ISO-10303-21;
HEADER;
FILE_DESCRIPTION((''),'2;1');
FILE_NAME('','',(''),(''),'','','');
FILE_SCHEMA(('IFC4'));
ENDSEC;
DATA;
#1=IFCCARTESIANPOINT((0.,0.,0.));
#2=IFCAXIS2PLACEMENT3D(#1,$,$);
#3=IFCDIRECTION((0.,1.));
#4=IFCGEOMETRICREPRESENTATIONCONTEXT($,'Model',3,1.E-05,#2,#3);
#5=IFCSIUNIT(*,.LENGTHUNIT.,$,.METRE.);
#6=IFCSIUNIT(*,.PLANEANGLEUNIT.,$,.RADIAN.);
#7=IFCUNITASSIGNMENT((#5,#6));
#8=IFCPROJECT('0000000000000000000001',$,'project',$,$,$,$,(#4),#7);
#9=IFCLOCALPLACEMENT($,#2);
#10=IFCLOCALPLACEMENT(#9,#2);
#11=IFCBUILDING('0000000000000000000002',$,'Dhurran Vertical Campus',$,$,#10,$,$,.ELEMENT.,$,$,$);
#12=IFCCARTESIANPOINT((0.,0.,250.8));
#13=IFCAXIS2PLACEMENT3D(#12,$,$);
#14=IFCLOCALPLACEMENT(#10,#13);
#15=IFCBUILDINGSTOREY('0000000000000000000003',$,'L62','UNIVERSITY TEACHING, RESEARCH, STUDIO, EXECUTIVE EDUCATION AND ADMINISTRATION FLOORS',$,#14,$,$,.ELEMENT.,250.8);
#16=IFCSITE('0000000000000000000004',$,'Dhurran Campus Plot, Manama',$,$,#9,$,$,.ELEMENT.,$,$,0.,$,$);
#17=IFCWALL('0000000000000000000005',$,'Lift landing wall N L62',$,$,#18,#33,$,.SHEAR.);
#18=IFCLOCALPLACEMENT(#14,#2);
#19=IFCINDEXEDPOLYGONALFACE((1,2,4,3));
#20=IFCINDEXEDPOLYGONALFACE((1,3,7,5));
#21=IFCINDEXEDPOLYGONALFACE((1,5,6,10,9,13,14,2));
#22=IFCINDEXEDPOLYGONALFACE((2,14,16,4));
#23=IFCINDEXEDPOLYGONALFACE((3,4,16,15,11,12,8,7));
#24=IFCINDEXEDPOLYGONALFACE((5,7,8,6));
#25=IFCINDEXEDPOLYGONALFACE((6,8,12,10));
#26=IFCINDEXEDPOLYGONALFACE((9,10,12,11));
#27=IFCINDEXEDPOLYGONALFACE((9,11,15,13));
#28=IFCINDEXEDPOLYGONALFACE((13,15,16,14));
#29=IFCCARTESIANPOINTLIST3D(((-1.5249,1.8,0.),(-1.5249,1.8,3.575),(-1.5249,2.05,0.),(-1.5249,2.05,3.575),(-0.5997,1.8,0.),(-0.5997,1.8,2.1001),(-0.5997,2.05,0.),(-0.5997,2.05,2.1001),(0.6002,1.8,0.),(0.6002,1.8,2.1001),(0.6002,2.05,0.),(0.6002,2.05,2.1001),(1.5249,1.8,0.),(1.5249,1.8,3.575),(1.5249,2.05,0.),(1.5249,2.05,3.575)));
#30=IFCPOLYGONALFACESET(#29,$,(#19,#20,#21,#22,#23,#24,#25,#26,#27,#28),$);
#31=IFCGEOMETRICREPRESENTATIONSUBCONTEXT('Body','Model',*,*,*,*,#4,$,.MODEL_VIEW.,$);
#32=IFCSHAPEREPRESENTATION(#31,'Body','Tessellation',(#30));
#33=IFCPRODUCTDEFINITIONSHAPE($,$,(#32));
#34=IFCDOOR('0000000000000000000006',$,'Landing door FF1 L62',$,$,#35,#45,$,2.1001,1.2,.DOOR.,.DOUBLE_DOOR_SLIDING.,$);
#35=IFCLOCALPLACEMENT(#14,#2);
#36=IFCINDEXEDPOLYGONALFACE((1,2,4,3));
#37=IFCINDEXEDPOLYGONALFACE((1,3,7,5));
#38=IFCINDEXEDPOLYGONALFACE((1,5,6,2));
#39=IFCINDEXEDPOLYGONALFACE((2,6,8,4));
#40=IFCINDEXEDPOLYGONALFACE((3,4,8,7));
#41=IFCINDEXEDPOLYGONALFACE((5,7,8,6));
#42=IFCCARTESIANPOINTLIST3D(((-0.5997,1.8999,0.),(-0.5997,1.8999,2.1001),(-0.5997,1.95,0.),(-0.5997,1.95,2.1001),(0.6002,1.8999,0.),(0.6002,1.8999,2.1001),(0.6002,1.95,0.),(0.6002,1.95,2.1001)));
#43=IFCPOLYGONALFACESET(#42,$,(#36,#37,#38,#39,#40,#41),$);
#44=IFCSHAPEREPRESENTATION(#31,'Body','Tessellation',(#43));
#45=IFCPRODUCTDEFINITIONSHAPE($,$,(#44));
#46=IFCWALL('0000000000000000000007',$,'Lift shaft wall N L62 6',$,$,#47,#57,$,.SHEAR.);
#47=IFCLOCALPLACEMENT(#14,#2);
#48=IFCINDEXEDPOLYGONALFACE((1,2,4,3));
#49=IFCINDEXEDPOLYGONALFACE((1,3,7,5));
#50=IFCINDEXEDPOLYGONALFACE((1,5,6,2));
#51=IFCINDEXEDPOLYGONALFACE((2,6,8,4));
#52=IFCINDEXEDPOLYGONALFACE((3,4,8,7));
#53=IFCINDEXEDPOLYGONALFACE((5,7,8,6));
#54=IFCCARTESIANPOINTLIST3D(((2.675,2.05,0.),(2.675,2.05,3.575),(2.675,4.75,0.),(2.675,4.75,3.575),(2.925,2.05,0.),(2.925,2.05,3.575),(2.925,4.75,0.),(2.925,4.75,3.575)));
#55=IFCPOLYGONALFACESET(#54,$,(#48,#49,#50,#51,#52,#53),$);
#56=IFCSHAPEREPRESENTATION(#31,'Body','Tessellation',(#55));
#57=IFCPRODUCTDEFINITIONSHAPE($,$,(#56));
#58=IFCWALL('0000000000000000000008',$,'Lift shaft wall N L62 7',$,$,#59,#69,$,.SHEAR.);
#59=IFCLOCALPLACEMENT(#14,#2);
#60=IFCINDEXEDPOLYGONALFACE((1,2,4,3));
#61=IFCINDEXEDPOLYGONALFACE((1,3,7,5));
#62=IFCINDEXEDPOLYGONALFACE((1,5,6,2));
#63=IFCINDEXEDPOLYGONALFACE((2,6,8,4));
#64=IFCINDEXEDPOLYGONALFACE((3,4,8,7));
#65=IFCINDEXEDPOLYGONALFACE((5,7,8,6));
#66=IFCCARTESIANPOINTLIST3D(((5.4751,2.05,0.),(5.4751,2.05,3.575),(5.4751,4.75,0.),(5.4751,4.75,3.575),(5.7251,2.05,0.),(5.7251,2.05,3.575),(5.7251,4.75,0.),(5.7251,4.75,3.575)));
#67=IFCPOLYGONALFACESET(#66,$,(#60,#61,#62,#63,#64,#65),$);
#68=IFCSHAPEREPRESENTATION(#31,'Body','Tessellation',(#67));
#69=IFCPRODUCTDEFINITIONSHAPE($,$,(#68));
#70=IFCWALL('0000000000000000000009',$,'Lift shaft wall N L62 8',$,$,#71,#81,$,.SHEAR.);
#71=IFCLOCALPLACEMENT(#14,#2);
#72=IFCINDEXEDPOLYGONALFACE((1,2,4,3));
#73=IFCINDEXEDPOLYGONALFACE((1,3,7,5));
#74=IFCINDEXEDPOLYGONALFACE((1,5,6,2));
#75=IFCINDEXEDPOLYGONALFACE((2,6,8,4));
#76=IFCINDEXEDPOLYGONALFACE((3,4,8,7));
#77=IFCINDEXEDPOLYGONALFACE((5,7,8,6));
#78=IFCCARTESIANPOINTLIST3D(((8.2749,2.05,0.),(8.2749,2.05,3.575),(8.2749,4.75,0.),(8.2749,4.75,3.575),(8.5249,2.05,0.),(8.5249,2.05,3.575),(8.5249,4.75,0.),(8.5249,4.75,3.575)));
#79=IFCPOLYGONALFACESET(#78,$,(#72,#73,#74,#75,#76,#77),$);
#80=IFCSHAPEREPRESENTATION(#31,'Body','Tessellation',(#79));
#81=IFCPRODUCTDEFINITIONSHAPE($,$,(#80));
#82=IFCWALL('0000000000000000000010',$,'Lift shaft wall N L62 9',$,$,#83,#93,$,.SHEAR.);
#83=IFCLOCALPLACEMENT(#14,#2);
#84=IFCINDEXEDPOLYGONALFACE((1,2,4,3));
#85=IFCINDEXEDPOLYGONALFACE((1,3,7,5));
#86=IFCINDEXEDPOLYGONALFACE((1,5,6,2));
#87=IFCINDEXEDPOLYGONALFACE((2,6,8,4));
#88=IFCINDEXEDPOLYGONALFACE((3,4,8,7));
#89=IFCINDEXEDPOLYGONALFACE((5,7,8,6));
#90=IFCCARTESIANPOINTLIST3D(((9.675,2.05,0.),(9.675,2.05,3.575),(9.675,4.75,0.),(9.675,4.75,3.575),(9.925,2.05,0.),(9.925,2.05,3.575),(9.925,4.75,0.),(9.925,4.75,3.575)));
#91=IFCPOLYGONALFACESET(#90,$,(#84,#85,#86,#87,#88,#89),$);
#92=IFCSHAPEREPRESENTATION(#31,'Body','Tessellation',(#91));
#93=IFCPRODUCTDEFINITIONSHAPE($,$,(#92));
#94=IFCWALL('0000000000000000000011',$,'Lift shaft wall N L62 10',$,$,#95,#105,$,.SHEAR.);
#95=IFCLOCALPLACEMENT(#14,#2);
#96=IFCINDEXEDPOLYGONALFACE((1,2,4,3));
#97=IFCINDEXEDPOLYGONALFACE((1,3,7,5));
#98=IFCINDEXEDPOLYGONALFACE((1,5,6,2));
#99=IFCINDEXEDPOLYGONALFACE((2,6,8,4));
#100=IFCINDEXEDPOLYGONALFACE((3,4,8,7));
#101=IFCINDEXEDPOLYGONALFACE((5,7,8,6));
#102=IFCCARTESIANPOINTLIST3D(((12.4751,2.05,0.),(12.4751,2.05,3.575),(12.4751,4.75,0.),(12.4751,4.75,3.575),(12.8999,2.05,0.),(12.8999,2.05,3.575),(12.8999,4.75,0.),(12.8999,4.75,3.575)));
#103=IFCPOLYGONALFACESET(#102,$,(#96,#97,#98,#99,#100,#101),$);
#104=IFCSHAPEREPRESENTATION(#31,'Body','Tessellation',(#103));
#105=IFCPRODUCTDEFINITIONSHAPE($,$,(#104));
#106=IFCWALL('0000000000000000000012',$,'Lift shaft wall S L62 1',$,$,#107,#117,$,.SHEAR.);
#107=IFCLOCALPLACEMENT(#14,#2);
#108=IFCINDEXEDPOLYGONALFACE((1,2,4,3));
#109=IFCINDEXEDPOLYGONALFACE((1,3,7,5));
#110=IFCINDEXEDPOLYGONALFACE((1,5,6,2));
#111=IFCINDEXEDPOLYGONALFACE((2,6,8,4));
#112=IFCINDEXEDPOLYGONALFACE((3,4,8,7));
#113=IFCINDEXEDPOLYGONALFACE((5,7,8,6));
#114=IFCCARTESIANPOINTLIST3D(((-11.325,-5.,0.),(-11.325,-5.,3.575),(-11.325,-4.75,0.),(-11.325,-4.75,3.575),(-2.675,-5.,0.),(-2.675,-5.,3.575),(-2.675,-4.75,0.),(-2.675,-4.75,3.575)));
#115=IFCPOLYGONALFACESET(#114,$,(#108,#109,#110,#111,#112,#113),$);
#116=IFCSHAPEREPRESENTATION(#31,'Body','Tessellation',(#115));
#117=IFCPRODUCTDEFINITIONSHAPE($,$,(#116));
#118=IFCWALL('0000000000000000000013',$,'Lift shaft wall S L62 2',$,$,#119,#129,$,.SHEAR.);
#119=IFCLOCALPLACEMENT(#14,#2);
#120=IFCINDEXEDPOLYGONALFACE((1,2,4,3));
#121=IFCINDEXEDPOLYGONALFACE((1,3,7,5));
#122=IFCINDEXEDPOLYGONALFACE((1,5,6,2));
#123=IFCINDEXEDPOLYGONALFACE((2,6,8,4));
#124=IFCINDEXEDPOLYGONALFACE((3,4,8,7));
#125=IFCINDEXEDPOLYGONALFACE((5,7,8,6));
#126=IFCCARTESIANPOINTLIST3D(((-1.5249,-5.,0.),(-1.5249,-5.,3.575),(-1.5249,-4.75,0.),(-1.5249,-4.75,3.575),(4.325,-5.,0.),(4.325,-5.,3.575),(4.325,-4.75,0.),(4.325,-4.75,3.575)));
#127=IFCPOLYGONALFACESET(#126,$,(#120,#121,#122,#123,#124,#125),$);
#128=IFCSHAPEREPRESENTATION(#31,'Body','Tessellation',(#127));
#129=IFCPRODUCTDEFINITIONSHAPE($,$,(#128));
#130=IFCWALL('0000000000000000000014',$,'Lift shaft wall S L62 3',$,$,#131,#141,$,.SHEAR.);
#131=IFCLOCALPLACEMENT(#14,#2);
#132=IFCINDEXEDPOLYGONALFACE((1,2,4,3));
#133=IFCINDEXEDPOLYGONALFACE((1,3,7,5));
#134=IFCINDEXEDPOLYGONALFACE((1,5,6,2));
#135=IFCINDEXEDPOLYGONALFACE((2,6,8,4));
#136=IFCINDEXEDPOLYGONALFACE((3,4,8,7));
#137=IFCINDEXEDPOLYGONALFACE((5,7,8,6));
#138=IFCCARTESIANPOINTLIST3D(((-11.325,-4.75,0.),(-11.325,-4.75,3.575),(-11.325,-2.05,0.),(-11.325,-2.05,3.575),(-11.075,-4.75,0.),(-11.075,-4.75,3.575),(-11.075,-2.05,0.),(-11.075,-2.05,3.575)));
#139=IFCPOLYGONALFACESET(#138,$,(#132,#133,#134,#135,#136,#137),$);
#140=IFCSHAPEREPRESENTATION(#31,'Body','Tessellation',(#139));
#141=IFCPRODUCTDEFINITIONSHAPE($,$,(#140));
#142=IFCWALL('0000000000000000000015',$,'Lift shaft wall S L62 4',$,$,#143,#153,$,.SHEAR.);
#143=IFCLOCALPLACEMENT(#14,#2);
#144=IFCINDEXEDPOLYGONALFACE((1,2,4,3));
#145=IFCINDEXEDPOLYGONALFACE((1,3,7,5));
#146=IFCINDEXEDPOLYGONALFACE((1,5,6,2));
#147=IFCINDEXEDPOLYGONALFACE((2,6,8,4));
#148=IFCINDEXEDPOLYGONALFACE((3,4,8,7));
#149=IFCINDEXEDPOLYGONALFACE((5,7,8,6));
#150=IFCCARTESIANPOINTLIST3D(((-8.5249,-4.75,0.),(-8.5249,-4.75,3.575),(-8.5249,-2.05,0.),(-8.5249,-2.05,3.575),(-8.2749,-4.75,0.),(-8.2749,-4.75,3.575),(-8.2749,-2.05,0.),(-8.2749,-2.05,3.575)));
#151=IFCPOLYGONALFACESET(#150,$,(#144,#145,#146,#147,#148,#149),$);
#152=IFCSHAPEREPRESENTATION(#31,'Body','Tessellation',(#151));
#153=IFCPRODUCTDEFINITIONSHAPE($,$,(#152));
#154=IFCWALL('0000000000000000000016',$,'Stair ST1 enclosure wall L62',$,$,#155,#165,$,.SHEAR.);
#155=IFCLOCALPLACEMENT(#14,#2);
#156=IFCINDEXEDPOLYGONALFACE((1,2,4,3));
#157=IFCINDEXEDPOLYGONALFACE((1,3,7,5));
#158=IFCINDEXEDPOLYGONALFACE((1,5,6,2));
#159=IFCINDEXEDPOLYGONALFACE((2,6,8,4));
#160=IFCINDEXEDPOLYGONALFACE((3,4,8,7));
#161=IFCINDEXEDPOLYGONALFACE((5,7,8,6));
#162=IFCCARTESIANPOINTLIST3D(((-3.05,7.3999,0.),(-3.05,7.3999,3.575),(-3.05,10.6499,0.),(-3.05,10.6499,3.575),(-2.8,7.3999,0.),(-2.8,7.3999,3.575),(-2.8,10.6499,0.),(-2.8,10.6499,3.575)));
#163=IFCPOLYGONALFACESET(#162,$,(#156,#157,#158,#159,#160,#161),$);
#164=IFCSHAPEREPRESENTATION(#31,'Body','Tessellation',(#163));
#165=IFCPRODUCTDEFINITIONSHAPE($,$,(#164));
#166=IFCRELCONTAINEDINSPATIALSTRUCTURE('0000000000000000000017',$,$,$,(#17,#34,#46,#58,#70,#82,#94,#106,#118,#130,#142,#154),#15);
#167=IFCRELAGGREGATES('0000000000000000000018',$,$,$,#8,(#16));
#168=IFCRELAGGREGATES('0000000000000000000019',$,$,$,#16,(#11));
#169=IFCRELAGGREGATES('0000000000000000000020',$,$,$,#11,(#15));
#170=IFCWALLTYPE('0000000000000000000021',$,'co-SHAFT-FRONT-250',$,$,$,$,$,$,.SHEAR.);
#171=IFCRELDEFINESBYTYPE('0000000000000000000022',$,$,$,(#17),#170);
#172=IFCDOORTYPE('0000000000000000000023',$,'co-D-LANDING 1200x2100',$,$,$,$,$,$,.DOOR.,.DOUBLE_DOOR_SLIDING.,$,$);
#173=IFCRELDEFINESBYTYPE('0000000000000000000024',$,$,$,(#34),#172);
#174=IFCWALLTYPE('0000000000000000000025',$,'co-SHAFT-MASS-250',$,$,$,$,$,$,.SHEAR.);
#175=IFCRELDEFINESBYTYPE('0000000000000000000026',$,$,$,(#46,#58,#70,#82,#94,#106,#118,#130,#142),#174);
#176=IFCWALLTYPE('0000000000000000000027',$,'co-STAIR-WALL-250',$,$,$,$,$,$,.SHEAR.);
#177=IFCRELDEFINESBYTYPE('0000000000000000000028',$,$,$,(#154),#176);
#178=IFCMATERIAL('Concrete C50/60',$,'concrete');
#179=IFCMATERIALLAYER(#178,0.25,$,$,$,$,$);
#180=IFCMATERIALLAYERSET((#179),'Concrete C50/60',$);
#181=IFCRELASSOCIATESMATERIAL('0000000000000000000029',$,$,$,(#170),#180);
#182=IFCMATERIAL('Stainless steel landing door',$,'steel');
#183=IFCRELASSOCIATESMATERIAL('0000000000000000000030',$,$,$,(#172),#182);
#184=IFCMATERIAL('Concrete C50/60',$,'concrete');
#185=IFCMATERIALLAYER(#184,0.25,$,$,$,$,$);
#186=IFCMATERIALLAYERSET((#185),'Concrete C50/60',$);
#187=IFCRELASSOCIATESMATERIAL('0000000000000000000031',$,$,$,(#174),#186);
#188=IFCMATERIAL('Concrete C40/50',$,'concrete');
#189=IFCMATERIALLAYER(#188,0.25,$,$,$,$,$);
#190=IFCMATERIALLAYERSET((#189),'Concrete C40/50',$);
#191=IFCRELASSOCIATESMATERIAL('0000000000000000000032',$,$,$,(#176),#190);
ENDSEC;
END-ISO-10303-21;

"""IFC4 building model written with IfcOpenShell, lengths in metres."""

from ifc_helpers import new_model, si_unit, direction, frame, frame_2d, origin, place, context, subcontext, project, spatial, polyline, rectangle, outline, extrude, material, layer, layer_set, type_object, element, fill, save


model = new_model("IFC4")

# Units and contexts
model_context = context("Model", 3, precision=1e-05, world=origin(), true_north=direction((0.0, 1.0)))
body_context = subcontext(model_context, "Body", "Model", "MODEL_VIEW")
ifc_project = project(units=[si_unit("LENGTHUNIT", "METRE"), si_unit("PLANEANGLEUNIT", "RADIAN")], contexts=[model_context])

# Site, building, storey
site_placement = place(None, origin())
site = spatial("IfcSite", under=ifc_project, at=site_placement, Name="Dhurran Campus Plot, Manama", CompositionType="ELEMENT", RefElevation=0.0)
building_placement = place(site_placement, origin())
building = spatial("IfcBuilding", under=site, at=building_placement, Name="Dhurran Vertical Campus", CompositionType="ELEMENT")
storey_placement = place(building_placement, frame((0.0, 0.0, 250.8)))
storey = spatial("IfcBuildingStorey", under=building, at=storey_placement, Name="L62", Description="UNIVERSITY TEACHING, RESEARCH, STUDIO, EXECUTIVE EDUCATION AND ADMINISTRATION FLOORS", CompositionType="ELEMENT", Elevation=250.8)

# Wall, opening, door
ifc_material_1 = material(Name="Concrete C50/60", Category="concrete")
ifc_layer_1 = layer(ifc_material_1, 0.25)
ifc_layer_set_1 = layer_set([ifc_layer_1], Name="Concrete C50/60")
wall_type_1 = type_object("IfcWallType", Name="co-SHAFT-FRONT-250", PredefinedType="SHEAR", material=ifc_layer_set_1)
wall_1_placement = place(storey_placement, frame((-1.5249, 1.925, 0.0), z_axis=(0.0, 0.0, 1.0), x_axis=(1.0, 0.0, 0.0)))
wall_1 = element("IfcWall", 1, at=wall_1_placement, inside=storey, type_object=wall_type_1, Name="Lift landing wall N L62", PredefinedType="SHEAR", context=body_context, shape_type="SweptSolid", body=[
    extrude(rectangle(XDim=3.0498, YDim=0.25, at=frame_2d((1.5249, 0.0))), origin(), (0.0, 0.0, 1.0), 3.575),
])
opening_1_placement = place(wall_1_placement, frame((0.925, 0.0, 0.0)))
opening_1 = element("IfcOpeningElement", 2, at=opening_1_placement, cuts=wall_1, PredefinedType="OPENING", context=body_context, shape_type="SweptSolid", body=[
    extrude(rectangle(XDim=1.2, YDim=2.1001, at=frame_2d((0.6001, 1.05))), frame((0.0, 0.135, 0.0), z_axis=(0.0, -1.0, 0.0), x_axis=(1.0, 0.0, 0.0)), (0.0, 0.0, 1.0), 0.27),
])
ifc_material_2 = material(Name="Stainless steel landing door", Category="steel")
door_type_1 = type_object("IfcDoorType", Name="co-D-LANDING 1200x2100", OperationType="DOUBLE_DOOR_SLIDING", PredefinedType="DOOR", material=ifc_material_2)
door_1_placement = place(opening_1_placement, origin())
door_1 = element("IfcDoor", 3, at=door_1_placement, inside=storey, type_object=door_type_1, Name="Landing door FF1 L62", OperationType="DOUBLE_DOOR_SLIDING", OverallHeight=2.1001, OverallWidth=1.2, PredefinedType="DOOR", context=body_context, shape_type="SweptSolid", body=[
    extrude(rectangle(XDim=1.2, YDim=2.1001, at=frame_2d((0.6001, 1.05))), frame((0.0, 0.0249, 0.0), z_axis=(0.0, -1.0, 0.0), x_axis=(1.0, 0.0, 0.0)), (0.0, 0.0, 1.0), 0.05),
])
fill(opening_1, door_1)

# Walls
ifc_material_3 = material(Name="Concrete C50/60", Category="concrete")
ifc_layer_2 = layer(ifc_material_3, 0.25)
ifc_layer_set_2 = layer_set([ifc_layer_2], Name="Concrete C50/60")
wall_type_2 = type_object("IfcWallType", Name="co-SHAFT-MASS-250", PredefinedType="SHEAR", material=ifc_layer_set_2)
wall_2_placement = place(storey_placement, origin())
element("IfcWall", 4, at=wall_2_placement, inside=storey, type_object=wall_type_2, Name="Lift shaft wall N L62 6", PredefinedType="SHEAR", context=body_context, shape_type="SweptSolid", body=[
    extrude(outline(polyline([(2.675, 2.05), (2.925, 2.05), (2.925, 4.75), (2.675, 4.75), (2.675, 2.05)])), origin(), (0.0, 0.0, 1.0), 3.575),
])
wall_3_placement = place(storey_placement, origin())
element("IfcWall", 5, at=wall_3_placement, inside=storey, type_object=wall_type_2, Name="Lift shaft wall N L62 7", PredefinedType="SHEAR", context=body_context, shape_type="SweptSolid", body=[
    extrude(outline(polyline([(5.4751, 2.05), (5.7251, 2.05), (5.7251, 4.75), (5.4751, 4.75), (5.4751, 2.05)])), origin(), (0.0, 0.0, 1.0), 3.575),
])
wall_4_placement = place(storey_placement, origin())
element("IfcWall", 6, at=wall_4_placement, inside=storey, type_object=wall_type_2, Name="Lift shaft wall N L62 8", PredefinedType="SHEAR", context=body_context, shape_type="SweptSolid", body=[
    extrude(outline(polyline([(8.2749, 2.05), (8.5249, 2.05), (8.5249, 4.75), (8.2749, 4.75), (8.2749, 2.05)])), origin(), (0.0, 0.0, 1.0), 3.575),
])
wall_5_placement = place(storey_placement, origin())
element("IfcWall", 7, at=wall_5_placement, inside=storey, type_object=wall_type_2, Name="Lift shaft wall N L62 9", PredefinedType="SHEAR", context=body_context, shape_type="SweptSolid", body=[
    extrude(outline(polyline([(9.675, 2.05), (9.925, 2.05), (9.925, 4.75), (9.675, 4.75), (9.675, 2.05)])), origin(), (0.0, 0.0, 1.0), 3.575),
])
wall_6_placement = place(storey_placement, origin())
element("IfcWall", 8, at=wall_6_placement, inside=storey, type_object=wall_type_2, Name="Lift shaft wall N L62 10", PredefinedType="SHEAR", context=body_context, shape_type="SweptSolid", body=[
    extrude(outline(polyline([(12.4751, 2.05), (12.8999, 2.05), (12.8999, 4.75), (12.4751, 4.75), (12.4751, 2.05)])), origin(), (0.0, 0.0, 1.0), 3.575),
])
wall_7_placement = place(storey_placement, origin())
element("IfcWall", 9, at=wall_7_placement, inside=storey, type_object=wall_type_2, Name="Lift shaft wall S L62 1", PredefinedType="SHEAR", context=body_context, shape_type="SweptSolid", body=[
    extrude(outline(polyline([(-11.325, -5.0), (-2.675, -5.0), (-2.675, -4.75), (-11.325, -4.75), (-11.325, -5.0)])), origin(), (0.0, 0.0, 1.0), 3.575),
])
wall_8_placement = place(storey_placement, origin())
element("IfcWall", 10, at=wall_8_placement, inside=storey, type_object=wall_type_2, Name="Lift shaft wall S L62 2", PredefinedType="SHEAR", context=body_context, shape_type="SweptSolid", body=[
    extrude(outline(polyline([(-1.5249, -5.0), (4.325, -5.0), (4.325, -4.75), (-1.5249, -4.75), (-1.5249, -5.0)])), origin(), (0.0, 0.0, 1.0), 3.575),
])
wall_9_placement = place(storey_placement, origin())
element("IfcWall", 11, at=wall_9_placement, inside=storey, type_object=wall_type_2, Name="Lift shaft wall S L62 3", PredefinedType="SHEAR", context=body_context, shape_type="SweptSolid", body=[
    extrude(outline(polyline([(-11.325, -4.75), (-11.075, -4.75), (-11.075, -2.05), (-11.325, -2.05), (-11.325, -4.75)])), origin(), (0.0, 0.0, 1.0), 3.575),
])
wall_10_placement = place(storey_placement, origin())
element("IfcWall", 12, at=wall_10_placement, inside=storey, type_object=wall_type_2, Name="Lift shaft wall S L62 4", PredefinedType="SHEAR", context=body_context, shape_type="SweptSolid", body=[
    extrude(outline(polyline([(-8.5249, -4.75), (-8.2749, -4.75), (-8.2749, -2.05), (-8.5249, -2.05), (-8.5249, -4.75)])), origin(), (0.0, 0.0, 1.0), 3.575),
])
ifc_material_4 = material(Name="Concrete C40/50", Category="concrete")
ifc_layer_3 = layer(ifc_material_4, 0.25)
ifc_layer_set_3 = layer_set([ifc_layer_3], Name="Concrete C40/50")
wall_type_3 = type_object("IfcWallType", Name="co-STAIR-WALL-250", PredefinedType="SHEAR", material=ifc_layer_set_3)
wall_11_placement = place(storey_placement, frame((-2.925, 7.3999, 0.0), z_axis=(0.0, 0.0, 1.0), x_axis=(0.0, 1.0, 0.0)))
element("IfcWall", 13, at=wall_11_placement, inside=storey, type_object=wall_type_3, Name="Stair ST1 enclosure wall L62", PredefinedType="SHEAR", context=body_context, shape_type="SweptSolid", body=[
    extrude(rectangle(XDim=3.25, YDim=0.25, at=frame_2d((1.625, 0.0))), origin(), (0.0, 0.0, 1.0), 3.575),
])

save(model, "model.ifc")
